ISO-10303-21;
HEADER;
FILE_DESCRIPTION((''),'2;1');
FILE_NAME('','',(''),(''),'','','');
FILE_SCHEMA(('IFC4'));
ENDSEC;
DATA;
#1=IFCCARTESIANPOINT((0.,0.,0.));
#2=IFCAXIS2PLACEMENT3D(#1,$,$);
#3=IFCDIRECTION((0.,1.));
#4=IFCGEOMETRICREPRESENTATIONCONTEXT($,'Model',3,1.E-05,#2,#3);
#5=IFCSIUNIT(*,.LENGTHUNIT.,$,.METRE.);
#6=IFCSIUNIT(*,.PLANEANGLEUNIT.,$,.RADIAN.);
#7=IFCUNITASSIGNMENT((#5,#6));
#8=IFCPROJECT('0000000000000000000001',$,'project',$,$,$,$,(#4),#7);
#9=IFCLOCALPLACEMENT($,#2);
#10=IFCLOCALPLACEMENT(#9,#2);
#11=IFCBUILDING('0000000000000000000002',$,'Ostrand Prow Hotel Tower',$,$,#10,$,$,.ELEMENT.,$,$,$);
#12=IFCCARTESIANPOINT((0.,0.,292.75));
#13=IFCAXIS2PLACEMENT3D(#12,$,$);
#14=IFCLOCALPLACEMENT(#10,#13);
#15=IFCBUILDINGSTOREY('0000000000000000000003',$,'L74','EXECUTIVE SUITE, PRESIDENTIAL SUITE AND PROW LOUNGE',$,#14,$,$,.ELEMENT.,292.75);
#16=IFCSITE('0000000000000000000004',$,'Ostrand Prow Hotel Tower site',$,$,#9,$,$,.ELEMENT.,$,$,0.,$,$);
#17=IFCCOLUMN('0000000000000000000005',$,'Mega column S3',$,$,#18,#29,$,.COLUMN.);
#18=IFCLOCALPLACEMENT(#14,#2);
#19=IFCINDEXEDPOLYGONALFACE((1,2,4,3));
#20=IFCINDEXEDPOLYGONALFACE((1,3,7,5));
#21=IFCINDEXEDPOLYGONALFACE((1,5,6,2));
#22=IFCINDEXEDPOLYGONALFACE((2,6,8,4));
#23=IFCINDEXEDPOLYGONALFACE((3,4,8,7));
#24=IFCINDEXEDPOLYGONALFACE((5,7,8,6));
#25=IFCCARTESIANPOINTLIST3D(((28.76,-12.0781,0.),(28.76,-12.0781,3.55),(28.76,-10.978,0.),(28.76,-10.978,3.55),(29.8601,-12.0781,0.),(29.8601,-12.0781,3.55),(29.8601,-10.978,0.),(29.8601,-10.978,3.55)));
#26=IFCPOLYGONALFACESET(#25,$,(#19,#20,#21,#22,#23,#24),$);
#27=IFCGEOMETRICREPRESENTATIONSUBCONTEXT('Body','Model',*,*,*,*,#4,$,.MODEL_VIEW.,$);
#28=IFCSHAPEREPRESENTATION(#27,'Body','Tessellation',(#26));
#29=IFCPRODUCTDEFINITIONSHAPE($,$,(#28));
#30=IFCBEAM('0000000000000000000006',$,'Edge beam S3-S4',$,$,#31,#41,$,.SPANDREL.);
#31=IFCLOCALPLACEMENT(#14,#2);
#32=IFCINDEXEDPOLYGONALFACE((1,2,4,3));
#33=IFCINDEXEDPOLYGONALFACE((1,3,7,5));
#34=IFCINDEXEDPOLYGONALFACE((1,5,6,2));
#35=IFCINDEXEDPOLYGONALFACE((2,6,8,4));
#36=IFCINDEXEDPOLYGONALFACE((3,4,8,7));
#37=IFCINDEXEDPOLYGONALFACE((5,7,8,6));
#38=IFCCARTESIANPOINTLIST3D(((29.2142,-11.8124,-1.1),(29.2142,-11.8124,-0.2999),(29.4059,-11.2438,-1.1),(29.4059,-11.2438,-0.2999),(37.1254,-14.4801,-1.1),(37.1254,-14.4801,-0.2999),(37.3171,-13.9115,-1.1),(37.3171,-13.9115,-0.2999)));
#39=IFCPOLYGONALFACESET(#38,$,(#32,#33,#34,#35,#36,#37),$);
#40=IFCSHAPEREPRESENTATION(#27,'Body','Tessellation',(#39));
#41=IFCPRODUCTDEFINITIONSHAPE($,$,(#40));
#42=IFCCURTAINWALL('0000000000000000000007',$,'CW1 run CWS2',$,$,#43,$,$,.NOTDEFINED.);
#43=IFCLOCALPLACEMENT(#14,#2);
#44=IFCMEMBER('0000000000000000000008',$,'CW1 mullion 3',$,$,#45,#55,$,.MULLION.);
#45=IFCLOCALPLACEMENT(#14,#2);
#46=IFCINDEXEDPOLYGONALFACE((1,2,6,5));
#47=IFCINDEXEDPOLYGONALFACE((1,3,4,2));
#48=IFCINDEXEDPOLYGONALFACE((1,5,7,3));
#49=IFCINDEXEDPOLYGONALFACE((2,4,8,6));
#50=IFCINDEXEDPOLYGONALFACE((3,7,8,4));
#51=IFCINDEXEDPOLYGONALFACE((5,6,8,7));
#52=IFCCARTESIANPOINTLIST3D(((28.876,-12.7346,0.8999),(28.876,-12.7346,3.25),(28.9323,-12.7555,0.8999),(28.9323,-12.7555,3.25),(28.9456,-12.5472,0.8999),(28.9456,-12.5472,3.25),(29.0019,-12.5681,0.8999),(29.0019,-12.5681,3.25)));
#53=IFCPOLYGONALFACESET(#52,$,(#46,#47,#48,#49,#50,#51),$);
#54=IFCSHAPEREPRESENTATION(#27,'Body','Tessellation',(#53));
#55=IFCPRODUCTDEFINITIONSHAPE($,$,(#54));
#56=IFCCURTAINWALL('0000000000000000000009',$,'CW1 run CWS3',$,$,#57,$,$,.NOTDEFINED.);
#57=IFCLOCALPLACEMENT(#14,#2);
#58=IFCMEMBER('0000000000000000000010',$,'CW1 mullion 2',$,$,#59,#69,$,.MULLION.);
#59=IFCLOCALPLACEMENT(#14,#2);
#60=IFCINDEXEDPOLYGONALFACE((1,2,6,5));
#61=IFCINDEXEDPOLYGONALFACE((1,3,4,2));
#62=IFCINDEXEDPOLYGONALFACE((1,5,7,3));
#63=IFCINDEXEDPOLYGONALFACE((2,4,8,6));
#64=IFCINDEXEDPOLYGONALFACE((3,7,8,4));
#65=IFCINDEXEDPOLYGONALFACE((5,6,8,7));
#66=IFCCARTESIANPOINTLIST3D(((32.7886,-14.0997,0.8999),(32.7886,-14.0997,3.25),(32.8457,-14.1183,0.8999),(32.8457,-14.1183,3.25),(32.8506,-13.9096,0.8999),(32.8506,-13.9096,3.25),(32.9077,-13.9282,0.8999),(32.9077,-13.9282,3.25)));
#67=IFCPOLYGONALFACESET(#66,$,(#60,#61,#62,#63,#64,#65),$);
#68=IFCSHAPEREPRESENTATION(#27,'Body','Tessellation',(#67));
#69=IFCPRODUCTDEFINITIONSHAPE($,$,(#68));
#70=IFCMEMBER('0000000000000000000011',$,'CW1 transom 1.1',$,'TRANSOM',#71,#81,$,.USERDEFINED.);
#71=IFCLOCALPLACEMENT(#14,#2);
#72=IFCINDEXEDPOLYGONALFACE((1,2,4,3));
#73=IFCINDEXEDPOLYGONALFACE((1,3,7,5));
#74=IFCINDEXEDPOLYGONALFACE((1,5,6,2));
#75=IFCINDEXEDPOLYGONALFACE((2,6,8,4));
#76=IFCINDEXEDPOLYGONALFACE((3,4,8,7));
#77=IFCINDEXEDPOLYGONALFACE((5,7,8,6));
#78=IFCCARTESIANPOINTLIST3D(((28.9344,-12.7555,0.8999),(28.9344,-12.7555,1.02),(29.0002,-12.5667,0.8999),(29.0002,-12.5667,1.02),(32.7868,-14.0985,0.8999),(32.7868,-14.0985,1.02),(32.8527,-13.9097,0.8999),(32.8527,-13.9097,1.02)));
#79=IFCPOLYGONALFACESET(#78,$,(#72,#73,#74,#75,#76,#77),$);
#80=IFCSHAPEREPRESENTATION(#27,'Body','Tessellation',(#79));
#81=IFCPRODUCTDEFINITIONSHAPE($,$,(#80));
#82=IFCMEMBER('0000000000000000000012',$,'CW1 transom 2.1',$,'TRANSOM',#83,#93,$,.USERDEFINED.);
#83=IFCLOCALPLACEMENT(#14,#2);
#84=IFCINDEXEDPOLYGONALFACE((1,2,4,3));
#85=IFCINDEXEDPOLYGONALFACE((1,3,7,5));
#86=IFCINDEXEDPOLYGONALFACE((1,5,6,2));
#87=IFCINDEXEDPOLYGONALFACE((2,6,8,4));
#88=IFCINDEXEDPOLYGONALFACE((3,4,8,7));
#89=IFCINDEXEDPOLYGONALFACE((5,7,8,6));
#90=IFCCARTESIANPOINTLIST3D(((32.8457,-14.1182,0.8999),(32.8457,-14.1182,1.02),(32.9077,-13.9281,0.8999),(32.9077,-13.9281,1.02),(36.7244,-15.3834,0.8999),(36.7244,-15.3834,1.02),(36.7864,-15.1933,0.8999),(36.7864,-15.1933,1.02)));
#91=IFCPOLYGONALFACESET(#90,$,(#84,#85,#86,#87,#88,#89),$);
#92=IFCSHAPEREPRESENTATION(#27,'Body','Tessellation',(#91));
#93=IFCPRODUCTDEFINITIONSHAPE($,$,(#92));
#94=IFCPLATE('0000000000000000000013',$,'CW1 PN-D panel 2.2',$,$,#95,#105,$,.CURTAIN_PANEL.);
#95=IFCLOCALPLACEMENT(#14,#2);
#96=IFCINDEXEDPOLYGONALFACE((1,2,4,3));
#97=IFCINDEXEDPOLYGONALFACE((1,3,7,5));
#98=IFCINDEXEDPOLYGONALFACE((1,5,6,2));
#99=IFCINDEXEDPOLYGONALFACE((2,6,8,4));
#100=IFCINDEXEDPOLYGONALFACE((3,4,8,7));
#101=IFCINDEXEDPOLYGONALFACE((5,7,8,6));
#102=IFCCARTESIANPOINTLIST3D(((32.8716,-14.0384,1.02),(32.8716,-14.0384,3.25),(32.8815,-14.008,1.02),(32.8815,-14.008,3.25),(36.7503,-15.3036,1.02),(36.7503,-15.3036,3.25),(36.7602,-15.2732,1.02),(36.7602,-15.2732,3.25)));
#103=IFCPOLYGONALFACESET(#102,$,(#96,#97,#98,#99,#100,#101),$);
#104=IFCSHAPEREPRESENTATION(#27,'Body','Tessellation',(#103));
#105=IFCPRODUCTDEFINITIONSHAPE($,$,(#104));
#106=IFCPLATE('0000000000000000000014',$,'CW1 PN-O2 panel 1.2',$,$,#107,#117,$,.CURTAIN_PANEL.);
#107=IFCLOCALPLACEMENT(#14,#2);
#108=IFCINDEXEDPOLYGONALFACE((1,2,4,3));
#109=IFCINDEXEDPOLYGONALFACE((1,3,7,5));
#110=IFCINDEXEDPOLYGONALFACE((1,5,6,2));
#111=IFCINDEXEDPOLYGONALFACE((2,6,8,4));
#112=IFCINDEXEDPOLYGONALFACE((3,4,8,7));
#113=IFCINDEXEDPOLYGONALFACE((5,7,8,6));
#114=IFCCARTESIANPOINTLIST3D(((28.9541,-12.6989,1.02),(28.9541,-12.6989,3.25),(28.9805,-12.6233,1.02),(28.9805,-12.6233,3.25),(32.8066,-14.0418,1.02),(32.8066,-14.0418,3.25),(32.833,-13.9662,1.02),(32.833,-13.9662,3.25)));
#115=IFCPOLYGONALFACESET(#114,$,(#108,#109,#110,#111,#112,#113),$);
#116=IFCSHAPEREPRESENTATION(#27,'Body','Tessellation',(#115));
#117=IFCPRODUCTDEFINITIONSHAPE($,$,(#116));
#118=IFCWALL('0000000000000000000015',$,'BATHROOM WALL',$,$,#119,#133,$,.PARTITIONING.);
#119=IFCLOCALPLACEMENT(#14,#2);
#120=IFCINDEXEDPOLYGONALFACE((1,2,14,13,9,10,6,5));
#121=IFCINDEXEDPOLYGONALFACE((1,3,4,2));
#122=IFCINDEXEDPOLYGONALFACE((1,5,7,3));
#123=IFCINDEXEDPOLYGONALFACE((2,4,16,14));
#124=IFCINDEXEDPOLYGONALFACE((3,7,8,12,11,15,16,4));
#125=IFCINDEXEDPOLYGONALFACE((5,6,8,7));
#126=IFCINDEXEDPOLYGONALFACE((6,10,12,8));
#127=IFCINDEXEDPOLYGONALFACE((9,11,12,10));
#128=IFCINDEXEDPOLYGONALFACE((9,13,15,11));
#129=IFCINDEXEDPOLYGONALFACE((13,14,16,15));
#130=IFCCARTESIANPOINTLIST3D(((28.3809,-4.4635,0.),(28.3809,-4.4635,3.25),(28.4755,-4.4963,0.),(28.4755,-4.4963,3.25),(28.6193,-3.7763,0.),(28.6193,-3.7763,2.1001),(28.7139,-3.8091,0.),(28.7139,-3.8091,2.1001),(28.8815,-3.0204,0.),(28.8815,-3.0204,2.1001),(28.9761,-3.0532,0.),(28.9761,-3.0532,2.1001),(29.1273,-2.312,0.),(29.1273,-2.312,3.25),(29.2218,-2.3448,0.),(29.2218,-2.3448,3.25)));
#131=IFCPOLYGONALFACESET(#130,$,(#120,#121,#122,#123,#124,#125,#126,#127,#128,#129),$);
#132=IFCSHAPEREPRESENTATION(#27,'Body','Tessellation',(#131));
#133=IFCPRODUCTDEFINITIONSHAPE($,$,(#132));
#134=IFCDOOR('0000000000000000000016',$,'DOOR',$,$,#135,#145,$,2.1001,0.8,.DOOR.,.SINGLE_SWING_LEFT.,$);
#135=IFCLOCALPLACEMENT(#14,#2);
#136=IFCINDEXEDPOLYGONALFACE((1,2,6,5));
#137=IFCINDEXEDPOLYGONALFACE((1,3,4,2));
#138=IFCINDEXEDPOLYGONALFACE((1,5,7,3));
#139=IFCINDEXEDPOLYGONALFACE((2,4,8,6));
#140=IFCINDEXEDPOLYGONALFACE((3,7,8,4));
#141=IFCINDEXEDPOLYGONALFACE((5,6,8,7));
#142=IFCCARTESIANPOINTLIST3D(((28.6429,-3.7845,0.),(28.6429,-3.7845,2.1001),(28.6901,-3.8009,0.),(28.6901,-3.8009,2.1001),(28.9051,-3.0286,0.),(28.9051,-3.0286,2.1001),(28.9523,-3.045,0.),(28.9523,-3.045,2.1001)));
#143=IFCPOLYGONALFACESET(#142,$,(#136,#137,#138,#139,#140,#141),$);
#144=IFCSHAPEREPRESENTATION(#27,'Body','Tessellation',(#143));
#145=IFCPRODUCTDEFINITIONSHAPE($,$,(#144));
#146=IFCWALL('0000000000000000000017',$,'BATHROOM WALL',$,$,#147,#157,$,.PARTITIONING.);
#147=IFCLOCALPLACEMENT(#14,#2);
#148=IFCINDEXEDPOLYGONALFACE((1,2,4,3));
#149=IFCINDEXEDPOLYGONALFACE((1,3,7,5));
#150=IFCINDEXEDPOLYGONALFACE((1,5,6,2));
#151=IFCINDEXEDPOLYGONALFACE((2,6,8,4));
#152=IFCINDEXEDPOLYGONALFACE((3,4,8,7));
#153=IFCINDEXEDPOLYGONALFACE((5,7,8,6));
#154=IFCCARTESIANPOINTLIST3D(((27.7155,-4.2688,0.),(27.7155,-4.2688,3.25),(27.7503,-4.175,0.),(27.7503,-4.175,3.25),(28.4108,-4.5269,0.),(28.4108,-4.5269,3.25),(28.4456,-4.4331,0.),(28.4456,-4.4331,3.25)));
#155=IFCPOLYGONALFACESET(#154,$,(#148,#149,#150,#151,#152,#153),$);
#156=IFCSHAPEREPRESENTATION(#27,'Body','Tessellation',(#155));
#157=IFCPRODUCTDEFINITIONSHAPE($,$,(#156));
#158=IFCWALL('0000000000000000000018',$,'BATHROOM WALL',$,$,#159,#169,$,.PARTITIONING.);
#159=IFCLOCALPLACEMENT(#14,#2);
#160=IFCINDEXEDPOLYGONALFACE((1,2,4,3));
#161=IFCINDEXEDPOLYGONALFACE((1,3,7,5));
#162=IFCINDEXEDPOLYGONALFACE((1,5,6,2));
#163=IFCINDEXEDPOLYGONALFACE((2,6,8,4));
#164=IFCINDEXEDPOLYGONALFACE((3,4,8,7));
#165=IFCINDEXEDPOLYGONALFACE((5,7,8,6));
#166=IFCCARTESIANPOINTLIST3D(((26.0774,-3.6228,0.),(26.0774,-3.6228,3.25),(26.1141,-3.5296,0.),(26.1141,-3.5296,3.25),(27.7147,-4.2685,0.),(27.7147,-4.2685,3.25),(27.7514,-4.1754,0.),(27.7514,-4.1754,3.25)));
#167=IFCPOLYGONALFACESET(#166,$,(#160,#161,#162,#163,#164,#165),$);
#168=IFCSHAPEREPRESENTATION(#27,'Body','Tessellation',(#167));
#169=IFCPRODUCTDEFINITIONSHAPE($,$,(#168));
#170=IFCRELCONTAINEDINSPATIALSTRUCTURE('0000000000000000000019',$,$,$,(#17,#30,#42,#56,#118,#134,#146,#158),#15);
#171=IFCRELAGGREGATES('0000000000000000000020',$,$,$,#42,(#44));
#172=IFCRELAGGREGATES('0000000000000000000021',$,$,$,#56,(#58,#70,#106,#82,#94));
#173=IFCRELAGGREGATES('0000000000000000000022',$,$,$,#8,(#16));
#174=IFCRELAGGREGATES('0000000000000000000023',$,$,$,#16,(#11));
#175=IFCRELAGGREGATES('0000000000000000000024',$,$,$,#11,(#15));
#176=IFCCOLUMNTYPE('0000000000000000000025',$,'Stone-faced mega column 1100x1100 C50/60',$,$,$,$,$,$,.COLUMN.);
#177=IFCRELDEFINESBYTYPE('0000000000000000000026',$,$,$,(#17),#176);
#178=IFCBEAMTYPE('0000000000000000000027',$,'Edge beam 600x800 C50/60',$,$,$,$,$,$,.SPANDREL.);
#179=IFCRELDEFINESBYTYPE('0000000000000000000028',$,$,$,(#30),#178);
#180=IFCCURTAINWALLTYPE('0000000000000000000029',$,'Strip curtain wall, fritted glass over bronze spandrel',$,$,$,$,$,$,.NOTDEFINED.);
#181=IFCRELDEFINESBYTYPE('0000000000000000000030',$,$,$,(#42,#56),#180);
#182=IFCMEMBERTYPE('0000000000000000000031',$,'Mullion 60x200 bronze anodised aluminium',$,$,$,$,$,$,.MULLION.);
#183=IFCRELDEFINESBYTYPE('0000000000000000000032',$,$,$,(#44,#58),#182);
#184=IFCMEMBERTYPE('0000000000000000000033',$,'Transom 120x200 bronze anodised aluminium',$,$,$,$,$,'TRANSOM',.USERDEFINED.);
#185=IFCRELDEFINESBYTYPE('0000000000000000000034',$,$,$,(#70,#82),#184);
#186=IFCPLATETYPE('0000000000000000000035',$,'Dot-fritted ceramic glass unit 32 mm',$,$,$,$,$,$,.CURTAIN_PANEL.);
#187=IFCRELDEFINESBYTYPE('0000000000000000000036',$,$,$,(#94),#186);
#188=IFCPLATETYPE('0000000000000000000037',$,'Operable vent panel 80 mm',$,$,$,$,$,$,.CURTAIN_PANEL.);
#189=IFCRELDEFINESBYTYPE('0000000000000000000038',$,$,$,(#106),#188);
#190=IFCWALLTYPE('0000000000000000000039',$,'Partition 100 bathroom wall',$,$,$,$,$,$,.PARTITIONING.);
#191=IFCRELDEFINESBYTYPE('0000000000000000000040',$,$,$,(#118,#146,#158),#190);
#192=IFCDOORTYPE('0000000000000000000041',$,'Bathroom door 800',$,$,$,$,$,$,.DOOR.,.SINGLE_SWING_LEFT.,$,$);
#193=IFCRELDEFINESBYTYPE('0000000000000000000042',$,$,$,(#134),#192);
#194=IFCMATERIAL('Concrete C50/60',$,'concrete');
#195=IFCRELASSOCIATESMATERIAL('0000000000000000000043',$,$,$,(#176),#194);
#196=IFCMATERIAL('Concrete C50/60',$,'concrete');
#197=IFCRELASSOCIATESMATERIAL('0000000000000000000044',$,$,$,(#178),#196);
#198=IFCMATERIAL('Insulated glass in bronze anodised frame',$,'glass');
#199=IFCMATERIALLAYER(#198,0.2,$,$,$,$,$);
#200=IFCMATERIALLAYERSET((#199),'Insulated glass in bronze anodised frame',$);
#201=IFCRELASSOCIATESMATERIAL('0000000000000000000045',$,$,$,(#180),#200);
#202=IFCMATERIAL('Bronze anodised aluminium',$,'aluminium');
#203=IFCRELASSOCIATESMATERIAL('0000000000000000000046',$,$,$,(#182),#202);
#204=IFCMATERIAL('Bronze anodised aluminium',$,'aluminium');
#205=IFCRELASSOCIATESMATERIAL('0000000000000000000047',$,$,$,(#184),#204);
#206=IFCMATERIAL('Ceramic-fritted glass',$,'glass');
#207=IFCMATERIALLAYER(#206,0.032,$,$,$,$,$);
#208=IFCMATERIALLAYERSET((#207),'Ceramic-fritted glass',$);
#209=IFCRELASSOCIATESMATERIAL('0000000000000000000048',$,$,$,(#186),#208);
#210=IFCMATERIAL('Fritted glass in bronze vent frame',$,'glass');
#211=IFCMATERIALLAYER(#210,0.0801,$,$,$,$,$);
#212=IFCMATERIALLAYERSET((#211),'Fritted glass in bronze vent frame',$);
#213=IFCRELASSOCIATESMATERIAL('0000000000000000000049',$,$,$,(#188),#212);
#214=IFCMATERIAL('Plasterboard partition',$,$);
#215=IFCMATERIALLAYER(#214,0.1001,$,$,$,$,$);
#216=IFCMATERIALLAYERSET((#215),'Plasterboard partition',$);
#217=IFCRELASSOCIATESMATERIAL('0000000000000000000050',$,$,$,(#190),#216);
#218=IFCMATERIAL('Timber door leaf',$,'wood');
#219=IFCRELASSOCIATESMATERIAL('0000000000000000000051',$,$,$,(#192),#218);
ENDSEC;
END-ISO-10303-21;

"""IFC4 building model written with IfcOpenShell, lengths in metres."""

from ifc_helpers import new_model, si_unit, direction, frame, frame_2d, origin, origin_2d, place, context, subcontext, project, spatial, rectangle, extrude, material, layer, layer_set, material_profile, profile_set, type_object, element, fill, aggregate, save


model = new_model("IFC4")

# Units and contexts
model_context = context("Model", 3, precision=1e-05, world=origin(), true_north=direction((0.0, 1.0)))
body_context = subcontext(model_context, "Body", "Model", "MODEL_VIEW")
ifc_project = project(units=[si_unit("LENGTHUNIT", "METRE"), si_unit("PLANEANGLEUNIT", "RADIAN")], contexts=[model_context])

# Site, building, storey
site_placement = place(None, origin())
site = spatial("IfcSite", under=ifc_project, at=site_placement, Name="Ostrand Prow Hotel Tower site", CompositionType="ELEMENT", RefElevation=0.0)
building_placement = place(site_placement, origin())
building = spatial("IfcBuilding", under=site, at=building_placement, Name="Ostrand Prow Hotel Tower", CompositionType="ELEMENT")
storey_placement = place(building_placement, frame((0.0, 0.0, 292.75)))
storey = spatial("IfcBuildingStorey", under=building, at=storey_placement, Name="L74", Description="EXECUTIVE SUITE, PRESIDENTIAL SUITE AND PROW LOUNGE", CompositionType="ELEMENT", Elevation=292.75)

# Column
ifc_material_1 = material(Name="Concrete C50/60", Category="concrete")
ifc_material_profile_1 = material_profile(ifc_material_1, rectangle(XDim=1.1001, YDim=1.1001, at=origin_2d()), Name="RC 1100x1100")
ifc_profile_set_1 = profile_set([ifc_material_profile_1], Name="Concrete C50/60")
column_type = type_object("IfcColumnType", Name="Stone-faced mega column 1100x1100 C50/60", PredefinedType="COLUMN", material=ifc_profile_set_1)
column_placement = place(storey_placement, frame((29.3101, -11.5281, 0.0), z_axis=(0.0, 0.0, 1.0), x_axis=(1.0, 0.0, 0.0)))
element("IfcColumn", 1, at=column_placement, inside=storey, type_object=column_type, Name="Mega column S3", PredefinedType="COLUMN", context=body_context, shape_type="SweptSolid", body=[
    extrude(rectangle(XDim=1.1001, YDim=1.1001, at=origin_2d()), origin(), (0.0, 0.0, 1.0), 3.55),
])

# Beam
ifc_material_2 = material(Name="Concrete C50/60", Category="concrete")
ifc_material_profile_2 = material_profile(ifc_material_2, rectangle(XDim=0.6001, YDim=0.8, at=origin_2d()), Name="RC 600x800")
ifc_profile_set_2 = profile_set([ifc_material_profile_2], Name="Concrete C50/60")
beam_type = type_object("IfcBeamType", Name="Edge beam 600x800 C50/60", PredefinedType="SPANDREL", material=ifc_profile_set_2)
beam_placement = place(storey_placement, frame((29.3101, -11.5281, -0.7), z_axis=(0.947575, -0.319533, 0.0), x_axis=(0.319533, 0.947575, 0.0)))
element("IfcBeam", 2, at=beam_placement, inside=storey, type_object=beam_type, Name="Edge beam S3-S4", PredefinedType="SPANDREL", context=body_context, shape_type="SweptSolid", body=[
    extrude(rectangle(XDim=0.6001, YDim=0.8, at=origin_2d()), origin(), (0.0, 0.0, 1.0), 8.3489),
])

# Curtain wall, member
ifc_material_3 = material(Name="Insulated glass in bronze anodised frame", Category="glass")
ifc_layer_1 = layer(ifc_material_3, 0.2)
ifc_layer_set_1 = layer_set([ifc_layer_1], Name="Insulated glass in bronze anodised frame")
curtain_wall_type = type_object("IfcCurtainWallType", Name="Strip curtain wall, fritted glass over bronze spandrel", PredefinedType="NOTDEFINED", material=ifc_layer_set_1)
curtain_wall_1_placement = place(storey_placement, origin())
curtain_wall_1 = element("IfcCurtainWall", 3, at=curtain_wall_1_placement, inside=storey, type_object=curtain_wall_type, Name="CW1 run CWS2", PredefinedType="NOTDEFINED")
ifc_material_4 = material(Name="Bronze anodised aluminium", Category="aluminium")
ifc_material_profile_3 = material_profile(ifc_material_4, rectangle(XDim=0.2, YDim=0.0601, at=origin_2d()), Name="Mullion 60x200 bronze anodised aluminium")
ifc_profile_set_3 = profile_set([ifc_material_profile_3], Name="Bronze anodised aluminium")
member_type_1 = type_object("IfcMemberType", Name="Mullion 60x200 bronze anodised aluminium", PredefinedType="MULLION", material=ifc_profile_set_3)
member_1_placement = place(storey_placement, frame((28.939, -12.6514, 0.8999), z_axis=(0.0, 0.0, 1.0), x_axis=(0.348071, 0.937468, 0.0)))
member_1 = element("IfcMember", 4, at=member_1_placement, type_object=member_type_1, Name="CW1 mullion 3", PredefinedType="MULLION", context=body_context, shape_type="SweptSolid", body=[
    extrude(rectangle(XDim=0.2, YDim=0.0601, at=origin_2d()), origin(), (0.0, 0.0, 1.0), 2.3501),
])
aggregate(curtain_wall_1, [member_1])

# Curtain wall, members, plates
curtain_wall_2_placement = place(storey_placement, origin())
curtain_wall_2 = element("IfcCurtainWall", 5, at=curtain_wall_2_placement, inside=storey, type_object=curtain_wall_type, Name="CW1 run CWS3", PredefinedType="NOTDEFINED")
member_2_placement = place(storey_placement, frame((32.8481, -14.0139, 0.8999), z_axis=(0.0, 0.0, 1.0), x_axis=(0.310111, 0.9507, 0.0)))
member_2 = element("IfcMember", 6, at=member_2_placement, type_object=member_type_1, Name="CW1 mullion 2", PredefinedType="MULLION", context=body_context, shape_type="SweptSolid", body=[
    extrude(rectangle(XDim=0.2, YDim=0.0601, at=origin_2d()), origin(), (0.0, 0.0, 1.0), 2.3501),
])
ifc_material_5 = material(Name="Bronze anodised aluminium", Category="aluminium")
ifc_material_profile_4 = material_profile(ifc_material_5, rectangle(XDim=0.2, YDim=0.1201, at=origin_2d()), Name="Transom 120x200 bronze anodised aluminium")
ifc_profile_set_4 = profile_set([ifc_material_profile_4], Name="Bronze anodised aluminium")
member_type_2 = type_object("IfcMemberType", Name="Transom 120x200 bronze anodised aluminium", ElementType="TRANSOM", PredefinedType="USERDEFINED", material=ifc_profile_set_4)
member_3_placement = place(storey_placement, frame((28.9673, -12.6611, 0.96), z_axis=(0.944268, -0.329177, 0.0), x_axis=(0.329177, 0.944268, 0.0)))
member_3 = element("IfcMember", 7, at=member_3_placement, type_object=member_type_2, Name="CW1 transom 1.1", ObjectType="TRANSOM", PredefinedType="USERDEFINED", context=body_context, shape_type="SweptSolid", body=[
    extrude(rectangle(XDim=0.2, YDim=0.1201, at=origin_2d()), origin(), (0.0, 0.0, 1.0), 4.0798),
])
member_4_placement = place(storey_placement, frame((32.8767, -14.0232, 0.96), z_axis=(0.950704, -0.310099, 0.0), x_axis=(0.310099, 0.950704, 0.0)))
member_4 = element("IfcMember", 8, at=member_4_placement, type_object=member_type_2, Name="CW1 transom 2.1", ObjectType="TRANSOM", PredefinedType="USERDEFINED", context=body_context, shape_type="SweptSolid", body=[
    extrude(rectangle(XDim=0.2, YDim=0.1201, at=origin_2d()), origin(), (0.0, 0.0, 1.0), 4.0798),
])
ifc_material_6 = material(Name="Ceramic-fritted glass", Category="glass")
ifc_layer_2 = layer(ifc_material_6, 0.032)
ifc_layer_set_2 = layer_set([ifc_layer_2], Name="Ceramic-fritted glass")
plate_type_1 = type_object("IfcPlateType", Name="Dot-fritted ceramic glass unit 32 mm", PredefinedType="CURTAIN_PANEL", material=ifc_layer_set_2)
plate_1_placement = place(storey_placement, frame((34.8159, -14.6558, 1.02), z_axis=(0.0, 0.0, 1.0), x_axis=(0.9507, -0.310111, 0.0)))
plate_1 = element("IfcPlate", 9, at=plate_1_placement, type_object=plate_type_1, Name="CW1 PN-D panel 2.2", PredefinedType="CURTAIN_PANEL", context=body_context, shape_type="SweptSolid", body=[
    extrude(rectangle(XDim=4.0798, YDim=0.032, at=origin_2d()), origin(), (0.0, 0.0, 1.0), 2.23),
])
ifc_material_7 = material(Name="Fritted glass in bronze vent frame", Category="glass")
ifc_layer_3 = layer(ifc_material_7, 0.0801)
ifc_layer_set_3 = layer_set([ifc_layer_3], Name="Fritted glass in bronze vent frame")
plate_type_2 = type_object("IfcPlateType", Name="Operable vent panel 80 mm", PredefinedType="CURTAIN_PANEL", material=ifc_layer_set_3)
plate_2_placement = place(storey_placement, frame((30.8936, -13.3325, 1.02), z_axis=(0.0, 0.0, 1.0), x_axis=(0.944275, -0.329158, 0.0)))
plate_2 = element("IfcPlate", 10, at=plate_2_placement, type_object=plate_type_2, Name="CW1 PN-O2 panel 1.2", PredefinedType="CURTAIN_PANEL", context=body_context, shape_type="SweptSolid", body=[
    extrude(rectangle(XDim=4.0798, YDim=0.0801, at=origin_2d()), origin(), (0.0, 0.0, 1.0), 2.23),
])
aggregate(curtain_wall_2, [member_2, member_3, plate_2, member_4, plate_1])

# Wall, opening, door
ifc_material_8 = material(Name="Plasterboard partition")
ifc_layer_4 = layer(ifc_material_8, 0.1001)
ifc_layer_set_4 = layer_set([ifc_layer_4], Name="Plasterboard partition")
wall_type_1 = type_object("IfcWallType", Name="Partition 100 bathroom wall", PredefinedType="PARTITIONING", material=ifc_layer_set_4)
wall_1_placement = place(storey_placement, frame((29.1746, -2.3284, 0.0), z_axis=(0.0, 0.0, 1.0), x_axis=(-0.327718, -0.944776, 0.0)))
wall_1 = element("IfcWall", 11, at=wall_1_placement, inside=storey, type_object=wall_type_1, Name="BATHROOM WALL", PredefinedType="PARTITIONING", context=body_context, shape_type="SweptSolid", body=[
    extrude(rectangle(XDim=2.2773, YDim=0.1001, at=frame_2d((1.1387, 0.0))), origin(), (0.0, 0.0, 1.0), 3.25),
])
opening_1_placement = place(wall_1_placement, frame((0.75, 0.0, 0.0)))
opening_1 = element("IfcOpeningElement", 12, at=opening_1_placement, cuts=wall_1, PredefinedType="OPENING", context=body_context, shape_type="SweptSolid", body=[
    extrude(rectangle(XDim=0.8, YDim=2.1001, at=frame_2d((0.3999, 1.05))), frame((0.0, 0.0601, 0.0), z_axis=(0.0, -1.0, 0.0), x_axis=(1.0, 0.0, 0.0)), (0.0, 0.0, 1.0), 0.1201),
])
ifc_material_9 = material(Name="Timber door leaf", Category="wood")
door_type_1 = type_object("IfcDoorType", Name="Bathroom door 800", OperationType="SINGLE_SWING_LEFT", PredefinedType="DOOR", material=ifc_material_9)
door_1_placement = place(opening_1_placement, origin())
door_1 = element("IfcDoor", 13, at=door_1_placement, inside=storey, type_object=door_type_1, Name="DOOR", OperationType="SINGLE_SWING_LEFT", OverallHeight=2.1001, OverallWidth=0.8, PredefinedType="DOOR", context=body_context, shape_type="SweptSolid", body=[
    extrude(rectangle(XDim=0.8, YDim=2.1001, at=frame_2d((0.3999, 1.05))), frame((0.0, 0.0249, 0.0), z_axis=(0.0, -1.0, 0.0), x_axis=(1.0, 0.0, 0.0)), (0.0, 0.0, 1.0), 0.05),
])
fill(opening_1, door_1)

# Walls
wall_2_placement = place(storey_placement, frame((28.4282, -4.48, 0.0), z_axis=(0.0, 0.0, 1.0), x_axis=(-0.937514, 0.347947, 0.0)))
element("IfcWall", 14, at=wall_2_placement, inside=storey, type_object=wall_type_1, Name="BATHROOM WALL", PredefinedType="PARTITIONING", context=body_context, shape_type="SweptSolid", body=[
    extrude(rectangle(XDim=0.7417, YDim=0.1001, at=frame_2d((0.3708, 0.0))), origin(), (0.0, 0.0, 1.0), 3.25),
])
wall_3_placement = place(storey_placement, frame((27.7329, -4.2219, 0.0), z_axis=(0.0, 0.0, 1.0), x_axis=(-0.930255, 0.366914, 0.0)))
element("IfcWall", 15, at=wall_3_placement, inside=storey, type_object=wall_type_1, Name="BATHROOM WALL", PredefinedType="PARTITIONING", context=body_context, shape_type="SweptSolid", body=[
    extrude(rectangle(XDim=1.76, YDim=0.1001, at=frame_2d((0.8799, 0.0))), origin(), (0.0, 0.0, 1.0), 3.25),
])

save(model, "model.ifc")
